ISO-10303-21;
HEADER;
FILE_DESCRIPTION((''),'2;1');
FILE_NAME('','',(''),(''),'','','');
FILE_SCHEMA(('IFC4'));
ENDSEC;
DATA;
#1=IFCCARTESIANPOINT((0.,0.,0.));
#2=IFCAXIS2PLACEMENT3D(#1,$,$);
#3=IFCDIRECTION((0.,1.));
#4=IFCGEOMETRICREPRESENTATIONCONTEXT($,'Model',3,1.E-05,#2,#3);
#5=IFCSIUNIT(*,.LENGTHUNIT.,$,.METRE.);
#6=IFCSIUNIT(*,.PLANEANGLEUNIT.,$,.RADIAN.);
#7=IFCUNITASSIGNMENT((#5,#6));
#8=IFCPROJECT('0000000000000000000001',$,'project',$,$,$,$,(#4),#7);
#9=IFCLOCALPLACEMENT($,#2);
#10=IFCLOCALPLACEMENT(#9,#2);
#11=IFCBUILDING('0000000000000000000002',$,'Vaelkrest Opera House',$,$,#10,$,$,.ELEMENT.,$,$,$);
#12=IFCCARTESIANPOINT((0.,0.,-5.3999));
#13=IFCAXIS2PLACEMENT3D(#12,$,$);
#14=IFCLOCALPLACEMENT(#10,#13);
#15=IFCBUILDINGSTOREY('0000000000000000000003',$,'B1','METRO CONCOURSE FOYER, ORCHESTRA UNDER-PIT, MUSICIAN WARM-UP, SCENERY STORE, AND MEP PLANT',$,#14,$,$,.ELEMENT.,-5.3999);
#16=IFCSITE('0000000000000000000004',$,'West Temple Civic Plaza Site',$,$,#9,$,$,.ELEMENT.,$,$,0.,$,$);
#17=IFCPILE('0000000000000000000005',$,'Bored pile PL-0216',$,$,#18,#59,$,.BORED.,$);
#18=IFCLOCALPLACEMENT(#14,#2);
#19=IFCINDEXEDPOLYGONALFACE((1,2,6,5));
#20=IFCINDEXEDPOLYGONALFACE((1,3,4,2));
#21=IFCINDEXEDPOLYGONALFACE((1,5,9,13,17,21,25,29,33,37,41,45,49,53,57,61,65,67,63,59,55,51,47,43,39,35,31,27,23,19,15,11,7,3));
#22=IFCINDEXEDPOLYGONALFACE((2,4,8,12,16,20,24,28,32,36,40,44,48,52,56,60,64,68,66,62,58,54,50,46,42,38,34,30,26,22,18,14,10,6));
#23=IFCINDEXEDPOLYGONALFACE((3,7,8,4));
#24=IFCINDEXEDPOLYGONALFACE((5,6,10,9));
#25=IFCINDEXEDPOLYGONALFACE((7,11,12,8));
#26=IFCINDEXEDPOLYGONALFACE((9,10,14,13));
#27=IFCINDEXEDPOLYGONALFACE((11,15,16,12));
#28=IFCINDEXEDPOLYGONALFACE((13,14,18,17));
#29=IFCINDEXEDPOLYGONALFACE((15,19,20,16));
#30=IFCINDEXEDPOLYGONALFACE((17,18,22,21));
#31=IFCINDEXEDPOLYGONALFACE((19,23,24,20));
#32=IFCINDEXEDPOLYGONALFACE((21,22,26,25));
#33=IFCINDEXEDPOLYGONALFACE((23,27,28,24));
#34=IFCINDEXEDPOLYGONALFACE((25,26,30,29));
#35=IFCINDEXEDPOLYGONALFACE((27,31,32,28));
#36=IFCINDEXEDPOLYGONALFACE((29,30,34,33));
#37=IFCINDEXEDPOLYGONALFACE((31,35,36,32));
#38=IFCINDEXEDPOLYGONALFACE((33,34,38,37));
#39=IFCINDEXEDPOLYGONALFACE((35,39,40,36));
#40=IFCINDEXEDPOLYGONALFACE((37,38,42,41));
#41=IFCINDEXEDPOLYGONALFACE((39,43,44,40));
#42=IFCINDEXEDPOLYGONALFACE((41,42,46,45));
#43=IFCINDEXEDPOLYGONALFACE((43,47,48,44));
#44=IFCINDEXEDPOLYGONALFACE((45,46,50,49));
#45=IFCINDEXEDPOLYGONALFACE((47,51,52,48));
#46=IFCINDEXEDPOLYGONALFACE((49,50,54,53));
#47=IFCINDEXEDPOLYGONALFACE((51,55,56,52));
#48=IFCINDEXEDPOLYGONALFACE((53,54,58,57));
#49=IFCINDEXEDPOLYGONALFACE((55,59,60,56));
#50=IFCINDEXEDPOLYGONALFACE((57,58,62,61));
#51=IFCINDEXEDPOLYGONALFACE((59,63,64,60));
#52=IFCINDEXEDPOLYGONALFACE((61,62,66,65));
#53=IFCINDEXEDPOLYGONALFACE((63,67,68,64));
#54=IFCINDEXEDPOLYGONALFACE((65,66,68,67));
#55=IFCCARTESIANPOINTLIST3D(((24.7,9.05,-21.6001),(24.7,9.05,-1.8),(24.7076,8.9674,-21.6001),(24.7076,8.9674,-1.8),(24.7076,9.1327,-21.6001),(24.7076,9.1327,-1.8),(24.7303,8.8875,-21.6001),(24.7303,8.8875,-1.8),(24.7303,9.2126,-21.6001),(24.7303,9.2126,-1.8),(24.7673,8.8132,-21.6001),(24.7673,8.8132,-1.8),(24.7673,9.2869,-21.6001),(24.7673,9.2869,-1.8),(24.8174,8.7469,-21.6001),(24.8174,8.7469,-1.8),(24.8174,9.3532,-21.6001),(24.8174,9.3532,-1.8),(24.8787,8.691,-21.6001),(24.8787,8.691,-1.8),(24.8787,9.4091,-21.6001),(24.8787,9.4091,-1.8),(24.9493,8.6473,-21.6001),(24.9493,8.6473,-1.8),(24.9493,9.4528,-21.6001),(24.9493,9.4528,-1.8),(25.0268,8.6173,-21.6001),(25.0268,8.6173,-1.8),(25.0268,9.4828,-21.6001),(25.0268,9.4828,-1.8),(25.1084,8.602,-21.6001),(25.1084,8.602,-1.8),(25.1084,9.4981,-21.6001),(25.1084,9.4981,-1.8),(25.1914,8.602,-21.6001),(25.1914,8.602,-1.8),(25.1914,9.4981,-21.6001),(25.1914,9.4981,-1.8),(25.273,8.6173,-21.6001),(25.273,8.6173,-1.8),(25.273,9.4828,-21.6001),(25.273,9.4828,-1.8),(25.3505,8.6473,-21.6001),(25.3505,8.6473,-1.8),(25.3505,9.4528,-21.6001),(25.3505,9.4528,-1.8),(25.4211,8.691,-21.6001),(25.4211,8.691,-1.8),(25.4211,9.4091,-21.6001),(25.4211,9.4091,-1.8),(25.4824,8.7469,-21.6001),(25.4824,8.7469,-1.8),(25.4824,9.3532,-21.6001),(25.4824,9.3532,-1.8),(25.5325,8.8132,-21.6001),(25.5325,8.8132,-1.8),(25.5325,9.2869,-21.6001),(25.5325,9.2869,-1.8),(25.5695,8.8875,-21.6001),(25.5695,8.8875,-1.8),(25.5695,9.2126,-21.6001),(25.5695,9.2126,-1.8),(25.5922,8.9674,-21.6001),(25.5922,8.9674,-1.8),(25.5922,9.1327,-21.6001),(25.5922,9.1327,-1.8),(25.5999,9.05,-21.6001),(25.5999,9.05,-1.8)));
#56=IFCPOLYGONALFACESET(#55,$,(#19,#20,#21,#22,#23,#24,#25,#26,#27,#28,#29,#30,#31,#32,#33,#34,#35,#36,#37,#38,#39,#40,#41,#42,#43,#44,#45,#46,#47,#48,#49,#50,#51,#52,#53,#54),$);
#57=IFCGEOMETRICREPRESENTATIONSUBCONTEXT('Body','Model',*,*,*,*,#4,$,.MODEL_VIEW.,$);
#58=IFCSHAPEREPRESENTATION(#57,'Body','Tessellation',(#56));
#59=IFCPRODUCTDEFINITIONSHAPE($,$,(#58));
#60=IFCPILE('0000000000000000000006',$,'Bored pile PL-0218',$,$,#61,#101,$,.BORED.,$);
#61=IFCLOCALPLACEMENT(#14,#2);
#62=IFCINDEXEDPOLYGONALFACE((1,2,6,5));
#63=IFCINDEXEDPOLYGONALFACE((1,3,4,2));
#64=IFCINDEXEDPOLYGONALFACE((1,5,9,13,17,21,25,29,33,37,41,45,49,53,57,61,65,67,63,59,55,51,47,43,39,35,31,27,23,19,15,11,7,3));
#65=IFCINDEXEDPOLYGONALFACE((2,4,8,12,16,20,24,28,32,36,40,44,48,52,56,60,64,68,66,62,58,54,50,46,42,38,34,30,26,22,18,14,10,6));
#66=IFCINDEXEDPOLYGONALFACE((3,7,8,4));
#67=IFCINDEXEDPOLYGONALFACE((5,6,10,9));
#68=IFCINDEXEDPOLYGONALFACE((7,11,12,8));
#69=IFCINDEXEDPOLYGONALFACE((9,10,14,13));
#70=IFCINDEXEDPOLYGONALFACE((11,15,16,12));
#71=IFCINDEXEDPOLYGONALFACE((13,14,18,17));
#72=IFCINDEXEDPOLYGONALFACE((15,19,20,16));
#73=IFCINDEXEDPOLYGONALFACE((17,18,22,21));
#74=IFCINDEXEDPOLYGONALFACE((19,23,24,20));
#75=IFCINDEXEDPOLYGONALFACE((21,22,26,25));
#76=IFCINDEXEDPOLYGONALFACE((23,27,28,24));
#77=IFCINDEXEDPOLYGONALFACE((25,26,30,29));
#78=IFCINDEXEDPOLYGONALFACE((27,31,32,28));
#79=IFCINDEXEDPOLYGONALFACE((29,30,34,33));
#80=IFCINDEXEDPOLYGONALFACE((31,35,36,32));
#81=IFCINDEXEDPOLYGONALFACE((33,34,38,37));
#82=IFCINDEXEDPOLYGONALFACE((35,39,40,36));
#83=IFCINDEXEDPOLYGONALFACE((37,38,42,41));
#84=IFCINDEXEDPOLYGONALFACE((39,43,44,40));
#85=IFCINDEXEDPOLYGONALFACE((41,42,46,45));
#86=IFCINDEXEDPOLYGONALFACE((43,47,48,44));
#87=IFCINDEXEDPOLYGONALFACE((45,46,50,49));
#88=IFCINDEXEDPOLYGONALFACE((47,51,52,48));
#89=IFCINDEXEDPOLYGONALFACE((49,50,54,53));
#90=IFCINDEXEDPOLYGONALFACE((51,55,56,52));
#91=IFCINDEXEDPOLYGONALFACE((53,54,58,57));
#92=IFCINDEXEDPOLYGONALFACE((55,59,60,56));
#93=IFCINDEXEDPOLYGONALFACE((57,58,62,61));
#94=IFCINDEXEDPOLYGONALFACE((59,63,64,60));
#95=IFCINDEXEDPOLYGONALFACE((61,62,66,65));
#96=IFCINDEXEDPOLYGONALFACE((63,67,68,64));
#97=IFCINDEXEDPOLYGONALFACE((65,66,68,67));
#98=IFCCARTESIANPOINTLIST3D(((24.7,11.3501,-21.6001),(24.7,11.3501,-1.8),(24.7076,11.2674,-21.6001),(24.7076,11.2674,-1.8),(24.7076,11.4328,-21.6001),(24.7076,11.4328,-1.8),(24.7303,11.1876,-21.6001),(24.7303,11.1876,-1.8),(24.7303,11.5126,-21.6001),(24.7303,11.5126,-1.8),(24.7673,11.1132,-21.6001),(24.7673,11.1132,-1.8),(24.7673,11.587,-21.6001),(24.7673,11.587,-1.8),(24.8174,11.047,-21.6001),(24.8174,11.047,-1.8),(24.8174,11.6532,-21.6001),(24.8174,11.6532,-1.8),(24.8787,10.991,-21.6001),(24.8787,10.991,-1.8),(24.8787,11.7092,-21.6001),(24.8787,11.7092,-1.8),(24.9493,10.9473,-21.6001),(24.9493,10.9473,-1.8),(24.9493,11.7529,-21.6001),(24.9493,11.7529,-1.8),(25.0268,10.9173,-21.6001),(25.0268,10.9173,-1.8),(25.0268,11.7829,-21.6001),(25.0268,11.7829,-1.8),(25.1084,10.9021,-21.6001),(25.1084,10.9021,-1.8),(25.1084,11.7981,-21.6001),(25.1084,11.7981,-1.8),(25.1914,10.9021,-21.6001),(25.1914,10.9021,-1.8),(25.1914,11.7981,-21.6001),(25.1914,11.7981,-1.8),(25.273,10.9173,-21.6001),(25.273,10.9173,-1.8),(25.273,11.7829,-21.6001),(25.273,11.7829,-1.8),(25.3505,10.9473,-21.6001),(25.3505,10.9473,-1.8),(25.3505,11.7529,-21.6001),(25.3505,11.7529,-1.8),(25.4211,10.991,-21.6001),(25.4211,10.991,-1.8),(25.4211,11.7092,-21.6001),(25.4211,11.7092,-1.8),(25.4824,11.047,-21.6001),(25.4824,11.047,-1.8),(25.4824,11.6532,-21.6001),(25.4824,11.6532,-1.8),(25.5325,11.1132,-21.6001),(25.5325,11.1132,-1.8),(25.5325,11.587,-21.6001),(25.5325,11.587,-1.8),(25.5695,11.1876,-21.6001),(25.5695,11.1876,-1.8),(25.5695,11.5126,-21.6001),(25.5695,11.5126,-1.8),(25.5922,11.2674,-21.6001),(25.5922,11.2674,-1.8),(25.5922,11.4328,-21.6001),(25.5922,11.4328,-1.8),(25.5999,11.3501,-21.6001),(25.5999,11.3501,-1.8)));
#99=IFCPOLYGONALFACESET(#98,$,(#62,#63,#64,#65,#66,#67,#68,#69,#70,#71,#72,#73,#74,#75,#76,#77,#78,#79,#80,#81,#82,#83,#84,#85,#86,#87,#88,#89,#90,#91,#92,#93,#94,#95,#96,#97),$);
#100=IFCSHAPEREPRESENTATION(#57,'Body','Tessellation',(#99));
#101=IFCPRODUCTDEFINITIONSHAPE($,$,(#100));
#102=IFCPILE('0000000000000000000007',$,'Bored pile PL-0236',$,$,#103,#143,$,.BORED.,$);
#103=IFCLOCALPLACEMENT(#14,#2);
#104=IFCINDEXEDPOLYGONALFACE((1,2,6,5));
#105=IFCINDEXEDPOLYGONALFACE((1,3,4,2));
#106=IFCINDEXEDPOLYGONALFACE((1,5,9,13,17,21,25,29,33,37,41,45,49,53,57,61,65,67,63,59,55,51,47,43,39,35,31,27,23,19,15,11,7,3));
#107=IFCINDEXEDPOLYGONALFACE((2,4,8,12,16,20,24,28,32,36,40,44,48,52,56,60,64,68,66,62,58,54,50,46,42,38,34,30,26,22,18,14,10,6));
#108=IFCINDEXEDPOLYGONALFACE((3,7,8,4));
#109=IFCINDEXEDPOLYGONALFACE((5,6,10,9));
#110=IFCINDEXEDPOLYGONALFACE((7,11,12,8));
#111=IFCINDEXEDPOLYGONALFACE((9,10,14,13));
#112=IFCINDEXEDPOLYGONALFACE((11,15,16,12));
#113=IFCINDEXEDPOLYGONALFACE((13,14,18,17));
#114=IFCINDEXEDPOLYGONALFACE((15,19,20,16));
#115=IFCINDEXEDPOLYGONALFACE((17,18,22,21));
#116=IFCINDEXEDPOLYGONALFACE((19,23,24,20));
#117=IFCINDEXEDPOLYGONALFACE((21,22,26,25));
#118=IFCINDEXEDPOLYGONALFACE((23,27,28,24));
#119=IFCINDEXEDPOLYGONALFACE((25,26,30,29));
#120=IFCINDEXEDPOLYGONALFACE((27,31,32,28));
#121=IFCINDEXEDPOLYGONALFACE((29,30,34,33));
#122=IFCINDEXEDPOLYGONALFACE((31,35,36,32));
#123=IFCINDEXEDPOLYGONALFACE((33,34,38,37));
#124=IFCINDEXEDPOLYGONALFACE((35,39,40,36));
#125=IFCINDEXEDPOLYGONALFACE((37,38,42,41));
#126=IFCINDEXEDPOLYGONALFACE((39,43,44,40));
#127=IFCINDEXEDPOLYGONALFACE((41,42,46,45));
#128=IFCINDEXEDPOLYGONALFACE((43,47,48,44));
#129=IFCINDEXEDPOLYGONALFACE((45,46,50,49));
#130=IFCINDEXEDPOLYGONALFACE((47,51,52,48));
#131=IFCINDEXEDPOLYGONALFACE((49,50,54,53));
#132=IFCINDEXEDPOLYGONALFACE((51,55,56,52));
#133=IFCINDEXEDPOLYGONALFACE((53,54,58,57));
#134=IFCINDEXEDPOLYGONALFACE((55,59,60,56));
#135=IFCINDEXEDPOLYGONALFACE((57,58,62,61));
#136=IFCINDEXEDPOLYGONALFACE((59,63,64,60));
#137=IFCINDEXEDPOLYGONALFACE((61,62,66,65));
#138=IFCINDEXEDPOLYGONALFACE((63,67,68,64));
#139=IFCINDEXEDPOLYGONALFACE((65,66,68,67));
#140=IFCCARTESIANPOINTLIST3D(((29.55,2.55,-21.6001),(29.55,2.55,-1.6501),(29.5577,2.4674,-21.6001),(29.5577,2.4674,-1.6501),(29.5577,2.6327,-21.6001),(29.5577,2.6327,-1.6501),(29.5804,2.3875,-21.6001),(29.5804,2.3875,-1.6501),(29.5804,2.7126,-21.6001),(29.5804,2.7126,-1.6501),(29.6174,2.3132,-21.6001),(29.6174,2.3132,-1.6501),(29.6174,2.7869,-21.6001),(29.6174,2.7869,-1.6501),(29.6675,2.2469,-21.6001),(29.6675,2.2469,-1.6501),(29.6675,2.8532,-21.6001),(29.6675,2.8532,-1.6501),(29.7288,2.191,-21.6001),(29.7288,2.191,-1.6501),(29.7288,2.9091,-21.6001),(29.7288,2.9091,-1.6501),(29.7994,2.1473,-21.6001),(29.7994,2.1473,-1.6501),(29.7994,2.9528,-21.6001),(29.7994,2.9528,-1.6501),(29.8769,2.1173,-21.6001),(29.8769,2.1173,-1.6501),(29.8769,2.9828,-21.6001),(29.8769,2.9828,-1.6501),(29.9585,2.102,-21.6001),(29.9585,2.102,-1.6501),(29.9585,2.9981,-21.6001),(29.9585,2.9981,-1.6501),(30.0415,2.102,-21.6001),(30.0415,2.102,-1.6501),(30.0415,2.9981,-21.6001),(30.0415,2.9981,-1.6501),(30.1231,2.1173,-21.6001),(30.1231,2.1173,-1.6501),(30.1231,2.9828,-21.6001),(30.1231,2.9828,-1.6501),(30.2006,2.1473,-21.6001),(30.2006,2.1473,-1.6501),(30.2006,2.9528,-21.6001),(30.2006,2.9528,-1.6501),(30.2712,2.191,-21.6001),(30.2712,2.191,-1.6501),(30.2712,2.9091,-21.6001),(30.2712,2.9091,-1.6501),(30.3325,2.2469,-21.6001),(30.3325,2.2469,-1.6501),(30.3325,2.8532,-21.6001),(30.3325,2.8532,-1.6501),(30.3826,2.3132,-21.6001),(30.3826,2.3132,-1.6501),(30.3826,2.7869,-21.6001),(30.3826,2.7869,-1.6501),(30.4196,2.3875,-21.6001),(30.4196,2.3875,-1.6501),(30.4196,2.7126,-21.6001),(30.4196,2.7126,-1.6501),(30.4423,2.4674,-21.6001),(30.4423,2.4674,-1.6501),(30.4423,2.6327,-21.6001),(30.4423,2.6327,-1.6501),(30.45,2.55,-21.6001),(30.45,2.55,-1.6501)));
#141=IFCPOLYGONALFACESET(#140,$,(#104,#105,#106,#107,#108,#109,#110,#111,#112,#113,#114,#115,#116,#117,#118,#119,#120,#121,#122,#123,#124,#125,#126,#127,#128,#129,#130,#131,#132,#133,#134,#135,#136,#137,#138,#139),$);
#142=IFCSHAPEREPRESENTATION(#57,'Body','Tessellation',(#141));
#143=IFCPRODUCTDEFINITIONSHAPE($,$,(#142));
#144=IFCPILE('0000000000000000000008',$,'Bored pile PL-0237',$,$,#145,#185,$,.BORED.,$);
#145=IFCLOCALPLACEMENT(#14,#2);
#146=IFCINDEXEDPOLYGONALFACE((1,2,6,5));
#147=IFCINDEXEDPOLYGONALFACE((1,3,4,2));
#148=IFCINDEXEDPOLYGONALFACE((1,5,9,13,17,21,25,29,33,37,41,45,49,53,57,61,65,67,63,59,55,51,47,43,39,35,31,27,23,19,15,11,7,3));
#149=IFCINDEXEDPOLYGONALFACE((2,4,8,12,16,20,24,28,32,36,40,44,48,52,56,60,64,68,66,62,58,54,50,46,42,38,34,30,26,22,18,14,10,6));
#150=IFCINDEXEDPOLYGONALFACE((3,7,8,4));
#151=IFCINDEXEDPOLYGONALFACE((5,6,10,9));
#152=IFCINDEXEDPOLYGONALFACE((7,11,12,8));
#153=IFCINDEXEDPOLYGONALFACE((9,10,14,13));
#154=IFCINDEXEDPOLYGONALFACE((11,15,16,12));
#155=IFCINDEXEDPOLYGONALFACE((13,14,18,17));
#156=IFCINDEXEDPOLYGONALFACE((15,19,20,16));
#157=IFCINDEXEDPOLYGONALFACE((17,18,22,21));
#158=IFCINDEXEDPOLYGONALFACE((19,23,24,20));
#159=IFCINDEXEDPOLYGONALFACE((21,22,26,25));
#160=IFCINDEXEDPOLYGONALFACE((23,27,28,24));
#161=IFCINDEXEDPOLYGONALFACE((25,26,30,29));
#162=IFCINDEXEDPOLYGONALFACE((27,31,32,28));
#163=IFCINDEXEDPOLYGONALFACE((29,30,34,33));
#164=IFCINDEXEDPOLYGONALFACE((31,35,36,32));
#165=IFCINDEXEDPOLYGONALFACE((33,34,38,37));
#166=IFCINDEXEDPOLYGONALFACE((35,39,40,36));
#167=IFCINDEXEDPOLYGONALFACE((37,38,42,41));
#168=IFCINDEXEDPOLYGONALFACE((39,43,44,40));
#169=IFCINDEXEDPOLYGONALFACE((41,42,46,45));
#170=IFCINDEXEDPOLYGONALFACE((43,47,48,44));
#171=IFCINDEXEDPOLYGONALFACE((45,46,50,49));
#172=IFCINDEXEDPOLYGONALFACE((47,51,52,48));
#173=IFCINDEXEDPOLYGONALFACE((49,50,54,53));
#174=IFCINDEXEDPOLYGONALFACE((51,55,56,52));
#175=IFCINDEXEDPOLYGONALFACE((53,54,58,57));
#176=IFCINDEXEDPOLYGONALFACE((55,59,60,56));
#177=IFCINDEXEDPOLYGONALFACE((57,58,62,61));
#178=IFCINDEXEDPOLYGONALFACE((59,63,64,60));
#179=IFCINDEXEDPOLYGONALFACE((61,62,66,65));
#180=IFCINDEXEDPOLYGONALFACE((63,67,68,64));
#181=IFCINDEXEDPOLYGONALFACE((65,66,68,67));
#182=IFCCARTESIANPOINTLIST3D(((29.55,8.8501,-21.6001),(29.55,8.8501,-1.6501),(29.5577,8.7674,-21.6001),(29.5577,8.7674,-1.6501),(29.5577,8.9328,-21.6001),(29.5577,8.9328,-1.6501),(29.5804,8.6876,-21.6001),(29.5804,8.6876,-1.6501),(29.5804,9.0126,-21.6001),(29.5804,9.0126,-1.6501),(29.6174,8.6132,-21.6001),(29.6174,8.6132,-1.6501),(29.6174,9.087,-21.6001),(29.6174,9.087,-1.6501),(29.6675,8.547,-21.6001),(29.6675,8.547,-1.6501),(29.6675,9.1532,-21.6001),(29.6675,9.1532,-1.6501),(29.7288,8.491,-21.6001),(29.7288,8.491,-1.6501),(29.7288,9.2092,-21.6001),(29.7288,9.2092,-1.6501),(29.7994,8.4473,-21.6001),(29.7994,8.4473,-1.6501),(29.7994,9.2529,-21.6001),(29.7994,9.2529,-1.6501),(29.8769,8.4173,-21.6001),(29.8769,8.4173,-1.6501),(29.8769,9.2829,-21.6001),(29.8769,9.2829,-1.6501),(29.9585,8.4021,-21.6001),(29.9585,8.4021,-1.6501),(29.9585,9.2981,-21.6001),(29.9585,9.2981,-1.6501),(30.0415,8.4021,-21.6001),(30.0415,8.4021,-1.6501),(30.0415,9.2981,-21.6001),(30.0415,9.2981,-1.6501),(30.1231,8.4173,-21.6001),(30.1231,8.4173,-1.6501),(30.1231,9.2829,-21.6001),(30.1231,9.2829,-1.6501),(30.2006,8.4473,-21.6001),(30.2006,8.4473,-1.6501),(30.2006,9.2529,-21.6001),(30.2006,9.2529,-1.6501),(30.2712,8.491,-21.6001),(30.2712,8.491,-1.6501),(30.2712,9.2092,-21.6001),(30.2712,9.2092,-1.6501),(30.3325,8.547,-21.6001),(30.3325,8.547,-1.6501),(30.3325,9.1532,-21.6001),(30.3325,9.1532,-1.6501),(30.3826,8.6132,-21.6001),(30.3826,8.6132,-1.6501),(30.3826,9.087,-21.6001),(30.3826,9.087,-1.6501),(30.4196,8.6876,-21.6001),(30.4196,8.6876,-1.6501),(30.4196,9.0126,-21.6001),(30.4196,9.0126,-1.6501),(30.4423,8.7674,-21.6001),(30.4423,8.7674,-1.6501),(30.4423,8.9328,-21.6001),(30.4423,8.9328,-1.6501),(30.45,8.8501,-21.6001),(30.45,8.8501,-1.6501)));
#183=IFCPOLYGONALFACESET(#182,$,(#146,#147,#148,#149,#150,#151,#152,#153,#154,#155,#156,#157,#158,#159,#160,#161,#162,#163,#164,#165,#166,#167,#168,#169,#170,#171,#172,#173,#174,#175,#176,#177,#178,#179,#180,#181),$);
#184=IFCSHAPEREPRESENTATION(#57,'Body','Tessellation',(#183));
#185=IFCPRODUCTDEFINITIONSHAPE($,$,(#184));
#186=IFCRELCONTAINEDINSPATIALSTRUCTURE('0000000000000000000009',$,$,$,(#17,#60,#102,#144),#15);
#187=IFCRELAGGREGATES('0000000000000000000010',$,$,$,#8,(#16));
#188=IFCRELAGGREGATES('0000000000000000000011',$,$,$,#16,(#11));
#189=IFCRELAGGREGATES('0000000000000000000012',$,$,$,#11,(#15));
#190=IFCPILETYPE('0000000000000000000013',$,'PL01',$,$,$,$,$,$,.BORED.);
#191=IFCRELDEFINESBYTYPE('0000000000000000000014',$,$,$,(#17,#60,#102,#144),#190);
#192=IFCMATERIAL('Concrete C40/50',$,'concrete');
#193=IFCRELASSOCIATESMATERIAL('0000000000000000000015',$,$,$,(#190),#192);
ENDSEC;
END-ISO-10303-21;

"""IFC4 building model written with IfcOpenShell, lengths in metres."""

from ifc_helpers import new_model, si_unit, direction, frame, origin, origin_2d, place, context, subcontext, project, spatial, circle, extrude, material, material_profile, profile_set, type_object, element, save


model = new_model("IFC4")

# Units and contexts
model_context = context("Model", 3, precision=1e-05, world=origin(), true_north=direction((0.0, 1.0)))
body_context = subcontext(model_context, "Body", "Model", "MODEL_VIEW")
ifc_project = project(units=[si_unit("LENGTHUNIT", "METRE"), si_unit("PLANEANGLEUNIT", "RADIAN")], contexts=[model_context])

# Site, building, storey
site_placement = place(None, origin())
site = spatial("IfcSite", under=ifc_project, at=site_placement, Name="West Temple Civic Plaza Site", CompositionType="ELEMENT", RefElevation=0.0)
building_placement = place(site_placement, origin())
building = spatial("IfcBuilding", under=site, at=building_placement, Name="Vaelkrest Opera House", CompositionType="ELEMENT")
storey_placement = place(building_placement, frame((0.0, 0.0, -5.3999)))
storey = spatial("IfcBuildingStorey", under=building, at=storey_placement, Name="B1", Description="METRO CONCOURSE FOYER, ORCHESTRA UNDER-PIT, MUSICIAN WARM-UP, SCENERY STORE, AND MEP PLANT", CompositionType="ELEMENT", Elevation=-5.3999)

# Shared definitions
ifc_material_1 = material(Name="Concrete C40/50", Category="concrete")

# Piles
ifc_material_profile_1 = material_profile(ifc_material_1, circle(Radius=0.45, at=origin_2d()), Name="PILE900")
ifc_profile_set_1 = profile_set([ifc_material_profile_1], Name="Concrete C40/50")
pile_type = type_object("IfcPileType", Name="PL01", PredefinedType="BORED", material=ifc_profile_set_1)
for number, where, z_axis, x_axis, name in (
    (1, (25.1499, 9.05, -1.8), (0.0, 0.0, -1.0), (1.0, 0.0, 0.0), "Bored pile PL-0216"),
    (2, (25.1499, 11.3501, -1.8), (0.0, 0.0, -1.0), (1.0, 0.0, 0.0), "Bored pile PL-0218"),
):
    element("IfcPile", number, at=place(storey_placement, frame(where, z_axis=z_axis, x_axis=x_axis)), inside=storey, type_object=pile_type, Name=name, PredefinedType="BORED", context=body_context, shape_type="SweptSolid", body=[
        extrude(circle(Radius=0.45, at=origin_2d()), origin(), (0.0, 0.0, 1.0), 19.8),
    ])
for number, where, z_axis, x_axis, name in (
    (3, (30.0, 2.55, -1.6501), (0.0, 0.0, -1.0), (1.0, 0.0, 0.0), "Bored pile PL-0236"),
    (4, (30.0, 8.8501, -1.6501), (0.0, 0.0, -1.0), (1.0, 0.0, 0.0), "Bored pile PL-0237"),
):
    element("IfcPile", number, at=place(storey_placement, frame(where, z_axis=z_axis, x_axis=x_axis)), inside=storey, type_object=pile_type, Name=name, PredefinedType="BORED", context=body_context, shape_type="SweptSolid", body=[
        extrude(circle(Radius=0.45, at=origin_2d()), origin(), (0.0, 0.0, 1.0), 19.95),
    ])

save(model, "model.ifc")
